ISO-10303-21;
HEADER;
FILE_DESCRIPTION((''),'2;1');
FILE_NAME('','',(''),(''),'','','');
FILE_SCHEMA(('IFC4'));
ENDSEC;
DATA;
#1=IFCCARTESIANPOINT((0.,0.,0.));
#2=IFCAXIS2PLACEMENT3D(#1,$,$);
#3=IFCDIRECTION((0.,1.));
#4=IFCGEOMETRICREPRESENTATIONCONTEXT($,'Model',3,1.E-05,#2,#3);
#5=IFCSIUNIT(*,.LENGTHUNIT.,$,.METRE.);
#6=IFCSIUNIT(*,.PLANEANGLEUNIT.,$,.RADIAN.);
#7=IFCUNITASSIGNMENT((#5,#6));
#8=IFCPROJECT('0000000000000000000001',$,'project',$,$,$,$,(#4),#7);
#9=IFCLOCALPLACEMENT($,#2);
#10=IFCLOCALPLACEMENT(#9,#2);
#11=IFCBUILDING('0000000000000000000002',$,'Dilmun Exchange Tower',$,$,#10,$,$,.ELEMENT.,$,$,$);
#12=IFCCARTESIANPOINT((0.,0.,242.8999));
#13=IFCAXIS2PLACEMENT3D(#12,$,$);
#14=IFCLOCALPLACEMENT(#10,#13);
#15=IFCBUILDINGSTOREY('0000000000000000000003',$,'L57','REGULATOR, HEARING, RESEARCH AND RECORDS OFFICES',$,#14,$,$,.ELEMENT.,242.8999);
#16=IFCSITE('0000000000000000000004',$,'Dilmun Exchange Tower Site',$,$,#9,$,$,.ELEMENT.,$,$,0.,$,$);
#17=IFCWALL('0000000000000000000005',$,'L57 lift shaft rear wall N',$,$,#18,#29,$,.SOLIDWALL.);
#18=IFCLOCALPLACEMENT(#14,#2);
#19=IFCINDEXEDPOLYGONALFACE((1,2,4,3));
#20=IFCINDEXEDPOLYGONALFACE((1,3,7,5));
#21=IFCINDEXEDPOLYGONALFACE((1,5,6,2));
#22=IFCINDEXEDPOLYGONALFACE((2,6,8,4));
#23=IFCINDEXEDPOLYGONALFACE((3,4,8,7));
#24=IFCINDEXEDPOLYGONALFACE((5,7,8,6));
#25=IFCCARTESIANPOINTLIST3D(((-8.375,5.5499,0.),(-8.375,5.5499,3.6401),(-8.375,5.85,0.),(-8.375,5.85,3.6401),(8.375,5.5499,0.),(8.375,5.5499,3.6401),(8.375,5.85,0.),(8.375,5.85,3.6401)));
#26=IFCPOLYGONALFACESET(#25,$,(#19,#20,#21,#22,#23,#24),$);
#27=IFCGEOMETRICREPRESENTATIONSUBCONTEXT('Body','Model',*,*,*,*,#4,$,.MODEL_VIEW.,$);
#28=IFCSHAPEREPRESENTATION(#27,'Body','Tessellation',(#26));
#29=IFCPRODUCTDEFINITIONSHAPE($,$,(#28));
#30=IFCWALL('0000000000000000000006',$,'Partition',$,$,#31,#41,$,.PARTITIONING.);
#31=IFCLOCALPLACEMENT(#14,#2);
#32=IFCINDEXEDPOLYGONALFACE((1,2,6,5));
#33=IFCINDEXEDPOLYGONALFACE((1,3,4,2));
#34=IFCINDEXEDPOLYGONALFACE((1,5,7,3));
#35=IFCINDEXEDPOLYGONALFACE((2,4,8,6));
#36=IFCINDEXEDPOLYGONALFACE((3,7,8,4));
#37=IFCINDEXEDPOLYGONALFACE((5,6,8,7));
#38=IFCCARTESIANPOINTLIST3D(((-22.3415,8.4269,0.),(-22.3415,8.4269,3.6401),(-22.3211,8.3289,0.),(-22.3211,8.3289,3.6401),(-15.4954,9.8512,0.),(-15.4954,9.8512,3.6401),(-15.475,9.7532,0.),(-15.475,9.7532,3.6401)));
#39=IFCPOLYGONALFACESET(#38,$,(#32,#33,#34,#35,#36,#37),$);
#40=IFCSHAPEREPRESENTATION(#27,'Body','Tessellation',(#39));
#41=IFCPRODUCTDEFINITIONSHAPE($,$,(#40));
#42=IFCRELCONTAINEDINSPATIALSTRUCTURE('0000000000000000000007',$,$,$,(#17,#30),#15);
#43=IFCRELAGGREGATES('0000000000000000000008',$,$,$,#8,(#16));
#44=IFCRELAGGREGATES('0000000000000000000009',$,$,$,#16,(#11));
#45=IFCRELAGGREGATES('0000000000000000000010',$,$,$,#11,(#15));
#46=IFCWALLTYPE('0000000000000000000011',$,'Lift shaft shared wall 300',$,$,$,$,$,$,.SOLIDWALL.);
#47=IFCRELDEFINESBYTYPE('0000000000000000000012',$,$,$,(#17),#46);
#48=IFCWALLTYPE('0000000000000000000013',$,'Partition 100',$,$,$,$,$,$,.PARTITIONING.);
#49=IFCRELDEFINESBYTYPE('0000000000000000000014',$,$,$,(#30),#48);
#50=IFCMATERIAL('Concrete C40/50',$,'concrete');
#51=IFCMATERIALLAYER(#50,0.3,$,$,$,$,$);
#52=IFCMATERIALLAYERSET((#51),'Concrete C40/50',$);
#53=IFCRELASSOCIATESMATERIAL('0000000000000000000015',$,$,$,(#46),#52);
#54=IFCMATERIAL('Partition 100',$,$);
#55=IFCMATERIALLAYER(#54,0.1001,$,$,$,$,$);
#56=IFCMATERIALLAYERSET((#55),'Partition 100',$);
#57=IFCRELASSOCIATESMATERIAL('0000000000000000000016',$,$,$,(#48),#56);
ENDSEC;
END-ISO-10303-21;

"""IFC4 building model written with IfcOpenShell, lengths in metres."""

from ifc_helpers import new_model, si_unit, direction, frame, frame_2d, origin, place, context, subcontext, project, spatial, rectangle, extrude, material, layer, layer_set, type_object, element, save


model = new_model("IFC4")

# Units and contexts
model_context = context("Model", 3, precision=1e-05, world=origin(), true_north=direction((0.0, 1.0)))
body_context = subcontext(model_context, "Body", "Model", "MODEL_VIEW")
ifc_project = project(units=[si_unit("LENGTHUNIT", "METRE"), si_unit("PLANEANGLEUNIT", "RADIAN")], contexts=[model_context])

# Site, building, storey
site_placement = place(None, origin())
site = spatial("IfcSite", under=ifc_project, at=site_placement, Name="Dilmun Exchange Tower Site", CompositionType="ELEMENT", RefElevation=0.0)
building_placement = place(site_placement, origin())
building = spatial("IfcBuilding", under=site, at=building_placement, Name="Dilmun Exchange Tower", CompositionType="ELEMENT")
storey_placement = place(building_placement, frame((0.0, 0.0, 242.8999)))
storey = spatial("IfcBuildingStorey", under=building, at=storey_placement, Name="L57", Description="REGULATOR, HEARING, RESEARCH AND RECORDS OFFICES", CompositionType="ELEMENT", Elevation=242.8999)

# Shared definitions
ifc_material_1 = material(Name="Concrete C40/50", Category="concrete")

# Walls
ifc_layer_1 = layer(ifc_material_1, 0.3)
ifc_layer_set_1 = layer_set([ifc_layer_1], Name="Concrete C40/50")
wall_type_1 = type_object("IfcWallType", Name="Lift shaft shared wall 300", PredefinedType="SOLIDWALL", material=ifc_layer_set_1)
wall_1_placement = place(storey_placement, frame((-8.375, 5.7, 0.0), z_axis=(0.0, 0.0, 1.0), x_axis=(1.0, 0.0, 0.0)))
element("IfcWall", 1, at=wall_1_placement, inside=storey, type_object=wall_type_1, Name="L57 lift shaft rear wall N", PredefinedType="SOLIDWALL", context=body_context, shape_type="SweptSolid", body=[
    extrude(rectangle(XDim=16.75, YDim=0.3, at=frame_2d((8.375, 0.0))), origin(), (0.0, 0.0, 1.0), 3.6401),
])
ifc_material_2 = material(Name="Partition 100")
ifc_layer_2 = layer(ifc_material_2, 0.1001)
ifc_layer_set_2 = layer_set([ifc_layer_2], Name="Partition 100")
wall_type_2 = type_object("IfcWallType", Name="Partition 100", PredefinedType="PARTITIONING", material=ifc_layer_set_2)
wall_2_placement = place(storey_placement, frame((-22.3313, 8.3779, 0.0), z_axis=(0.0, 0.0, 1.0), x_axis=(0.979037, 0.203684, 0.0)))
element("IfcWall", 2, at=wall_2_placement, inside=storey, type_object=wall_type_2, Name="Partition", PredefinedType="PARTITIONING", context=body_context, shape_type="SweptSolid", body=[
    extrude(rectangle(XDim=6.9927, YDim=0.1001, at=frame_2d((3.4963, 0.0))), origin(), (0.0, 0.0, 1.0), 3.6401),
])

save(model, "model.ifc")
